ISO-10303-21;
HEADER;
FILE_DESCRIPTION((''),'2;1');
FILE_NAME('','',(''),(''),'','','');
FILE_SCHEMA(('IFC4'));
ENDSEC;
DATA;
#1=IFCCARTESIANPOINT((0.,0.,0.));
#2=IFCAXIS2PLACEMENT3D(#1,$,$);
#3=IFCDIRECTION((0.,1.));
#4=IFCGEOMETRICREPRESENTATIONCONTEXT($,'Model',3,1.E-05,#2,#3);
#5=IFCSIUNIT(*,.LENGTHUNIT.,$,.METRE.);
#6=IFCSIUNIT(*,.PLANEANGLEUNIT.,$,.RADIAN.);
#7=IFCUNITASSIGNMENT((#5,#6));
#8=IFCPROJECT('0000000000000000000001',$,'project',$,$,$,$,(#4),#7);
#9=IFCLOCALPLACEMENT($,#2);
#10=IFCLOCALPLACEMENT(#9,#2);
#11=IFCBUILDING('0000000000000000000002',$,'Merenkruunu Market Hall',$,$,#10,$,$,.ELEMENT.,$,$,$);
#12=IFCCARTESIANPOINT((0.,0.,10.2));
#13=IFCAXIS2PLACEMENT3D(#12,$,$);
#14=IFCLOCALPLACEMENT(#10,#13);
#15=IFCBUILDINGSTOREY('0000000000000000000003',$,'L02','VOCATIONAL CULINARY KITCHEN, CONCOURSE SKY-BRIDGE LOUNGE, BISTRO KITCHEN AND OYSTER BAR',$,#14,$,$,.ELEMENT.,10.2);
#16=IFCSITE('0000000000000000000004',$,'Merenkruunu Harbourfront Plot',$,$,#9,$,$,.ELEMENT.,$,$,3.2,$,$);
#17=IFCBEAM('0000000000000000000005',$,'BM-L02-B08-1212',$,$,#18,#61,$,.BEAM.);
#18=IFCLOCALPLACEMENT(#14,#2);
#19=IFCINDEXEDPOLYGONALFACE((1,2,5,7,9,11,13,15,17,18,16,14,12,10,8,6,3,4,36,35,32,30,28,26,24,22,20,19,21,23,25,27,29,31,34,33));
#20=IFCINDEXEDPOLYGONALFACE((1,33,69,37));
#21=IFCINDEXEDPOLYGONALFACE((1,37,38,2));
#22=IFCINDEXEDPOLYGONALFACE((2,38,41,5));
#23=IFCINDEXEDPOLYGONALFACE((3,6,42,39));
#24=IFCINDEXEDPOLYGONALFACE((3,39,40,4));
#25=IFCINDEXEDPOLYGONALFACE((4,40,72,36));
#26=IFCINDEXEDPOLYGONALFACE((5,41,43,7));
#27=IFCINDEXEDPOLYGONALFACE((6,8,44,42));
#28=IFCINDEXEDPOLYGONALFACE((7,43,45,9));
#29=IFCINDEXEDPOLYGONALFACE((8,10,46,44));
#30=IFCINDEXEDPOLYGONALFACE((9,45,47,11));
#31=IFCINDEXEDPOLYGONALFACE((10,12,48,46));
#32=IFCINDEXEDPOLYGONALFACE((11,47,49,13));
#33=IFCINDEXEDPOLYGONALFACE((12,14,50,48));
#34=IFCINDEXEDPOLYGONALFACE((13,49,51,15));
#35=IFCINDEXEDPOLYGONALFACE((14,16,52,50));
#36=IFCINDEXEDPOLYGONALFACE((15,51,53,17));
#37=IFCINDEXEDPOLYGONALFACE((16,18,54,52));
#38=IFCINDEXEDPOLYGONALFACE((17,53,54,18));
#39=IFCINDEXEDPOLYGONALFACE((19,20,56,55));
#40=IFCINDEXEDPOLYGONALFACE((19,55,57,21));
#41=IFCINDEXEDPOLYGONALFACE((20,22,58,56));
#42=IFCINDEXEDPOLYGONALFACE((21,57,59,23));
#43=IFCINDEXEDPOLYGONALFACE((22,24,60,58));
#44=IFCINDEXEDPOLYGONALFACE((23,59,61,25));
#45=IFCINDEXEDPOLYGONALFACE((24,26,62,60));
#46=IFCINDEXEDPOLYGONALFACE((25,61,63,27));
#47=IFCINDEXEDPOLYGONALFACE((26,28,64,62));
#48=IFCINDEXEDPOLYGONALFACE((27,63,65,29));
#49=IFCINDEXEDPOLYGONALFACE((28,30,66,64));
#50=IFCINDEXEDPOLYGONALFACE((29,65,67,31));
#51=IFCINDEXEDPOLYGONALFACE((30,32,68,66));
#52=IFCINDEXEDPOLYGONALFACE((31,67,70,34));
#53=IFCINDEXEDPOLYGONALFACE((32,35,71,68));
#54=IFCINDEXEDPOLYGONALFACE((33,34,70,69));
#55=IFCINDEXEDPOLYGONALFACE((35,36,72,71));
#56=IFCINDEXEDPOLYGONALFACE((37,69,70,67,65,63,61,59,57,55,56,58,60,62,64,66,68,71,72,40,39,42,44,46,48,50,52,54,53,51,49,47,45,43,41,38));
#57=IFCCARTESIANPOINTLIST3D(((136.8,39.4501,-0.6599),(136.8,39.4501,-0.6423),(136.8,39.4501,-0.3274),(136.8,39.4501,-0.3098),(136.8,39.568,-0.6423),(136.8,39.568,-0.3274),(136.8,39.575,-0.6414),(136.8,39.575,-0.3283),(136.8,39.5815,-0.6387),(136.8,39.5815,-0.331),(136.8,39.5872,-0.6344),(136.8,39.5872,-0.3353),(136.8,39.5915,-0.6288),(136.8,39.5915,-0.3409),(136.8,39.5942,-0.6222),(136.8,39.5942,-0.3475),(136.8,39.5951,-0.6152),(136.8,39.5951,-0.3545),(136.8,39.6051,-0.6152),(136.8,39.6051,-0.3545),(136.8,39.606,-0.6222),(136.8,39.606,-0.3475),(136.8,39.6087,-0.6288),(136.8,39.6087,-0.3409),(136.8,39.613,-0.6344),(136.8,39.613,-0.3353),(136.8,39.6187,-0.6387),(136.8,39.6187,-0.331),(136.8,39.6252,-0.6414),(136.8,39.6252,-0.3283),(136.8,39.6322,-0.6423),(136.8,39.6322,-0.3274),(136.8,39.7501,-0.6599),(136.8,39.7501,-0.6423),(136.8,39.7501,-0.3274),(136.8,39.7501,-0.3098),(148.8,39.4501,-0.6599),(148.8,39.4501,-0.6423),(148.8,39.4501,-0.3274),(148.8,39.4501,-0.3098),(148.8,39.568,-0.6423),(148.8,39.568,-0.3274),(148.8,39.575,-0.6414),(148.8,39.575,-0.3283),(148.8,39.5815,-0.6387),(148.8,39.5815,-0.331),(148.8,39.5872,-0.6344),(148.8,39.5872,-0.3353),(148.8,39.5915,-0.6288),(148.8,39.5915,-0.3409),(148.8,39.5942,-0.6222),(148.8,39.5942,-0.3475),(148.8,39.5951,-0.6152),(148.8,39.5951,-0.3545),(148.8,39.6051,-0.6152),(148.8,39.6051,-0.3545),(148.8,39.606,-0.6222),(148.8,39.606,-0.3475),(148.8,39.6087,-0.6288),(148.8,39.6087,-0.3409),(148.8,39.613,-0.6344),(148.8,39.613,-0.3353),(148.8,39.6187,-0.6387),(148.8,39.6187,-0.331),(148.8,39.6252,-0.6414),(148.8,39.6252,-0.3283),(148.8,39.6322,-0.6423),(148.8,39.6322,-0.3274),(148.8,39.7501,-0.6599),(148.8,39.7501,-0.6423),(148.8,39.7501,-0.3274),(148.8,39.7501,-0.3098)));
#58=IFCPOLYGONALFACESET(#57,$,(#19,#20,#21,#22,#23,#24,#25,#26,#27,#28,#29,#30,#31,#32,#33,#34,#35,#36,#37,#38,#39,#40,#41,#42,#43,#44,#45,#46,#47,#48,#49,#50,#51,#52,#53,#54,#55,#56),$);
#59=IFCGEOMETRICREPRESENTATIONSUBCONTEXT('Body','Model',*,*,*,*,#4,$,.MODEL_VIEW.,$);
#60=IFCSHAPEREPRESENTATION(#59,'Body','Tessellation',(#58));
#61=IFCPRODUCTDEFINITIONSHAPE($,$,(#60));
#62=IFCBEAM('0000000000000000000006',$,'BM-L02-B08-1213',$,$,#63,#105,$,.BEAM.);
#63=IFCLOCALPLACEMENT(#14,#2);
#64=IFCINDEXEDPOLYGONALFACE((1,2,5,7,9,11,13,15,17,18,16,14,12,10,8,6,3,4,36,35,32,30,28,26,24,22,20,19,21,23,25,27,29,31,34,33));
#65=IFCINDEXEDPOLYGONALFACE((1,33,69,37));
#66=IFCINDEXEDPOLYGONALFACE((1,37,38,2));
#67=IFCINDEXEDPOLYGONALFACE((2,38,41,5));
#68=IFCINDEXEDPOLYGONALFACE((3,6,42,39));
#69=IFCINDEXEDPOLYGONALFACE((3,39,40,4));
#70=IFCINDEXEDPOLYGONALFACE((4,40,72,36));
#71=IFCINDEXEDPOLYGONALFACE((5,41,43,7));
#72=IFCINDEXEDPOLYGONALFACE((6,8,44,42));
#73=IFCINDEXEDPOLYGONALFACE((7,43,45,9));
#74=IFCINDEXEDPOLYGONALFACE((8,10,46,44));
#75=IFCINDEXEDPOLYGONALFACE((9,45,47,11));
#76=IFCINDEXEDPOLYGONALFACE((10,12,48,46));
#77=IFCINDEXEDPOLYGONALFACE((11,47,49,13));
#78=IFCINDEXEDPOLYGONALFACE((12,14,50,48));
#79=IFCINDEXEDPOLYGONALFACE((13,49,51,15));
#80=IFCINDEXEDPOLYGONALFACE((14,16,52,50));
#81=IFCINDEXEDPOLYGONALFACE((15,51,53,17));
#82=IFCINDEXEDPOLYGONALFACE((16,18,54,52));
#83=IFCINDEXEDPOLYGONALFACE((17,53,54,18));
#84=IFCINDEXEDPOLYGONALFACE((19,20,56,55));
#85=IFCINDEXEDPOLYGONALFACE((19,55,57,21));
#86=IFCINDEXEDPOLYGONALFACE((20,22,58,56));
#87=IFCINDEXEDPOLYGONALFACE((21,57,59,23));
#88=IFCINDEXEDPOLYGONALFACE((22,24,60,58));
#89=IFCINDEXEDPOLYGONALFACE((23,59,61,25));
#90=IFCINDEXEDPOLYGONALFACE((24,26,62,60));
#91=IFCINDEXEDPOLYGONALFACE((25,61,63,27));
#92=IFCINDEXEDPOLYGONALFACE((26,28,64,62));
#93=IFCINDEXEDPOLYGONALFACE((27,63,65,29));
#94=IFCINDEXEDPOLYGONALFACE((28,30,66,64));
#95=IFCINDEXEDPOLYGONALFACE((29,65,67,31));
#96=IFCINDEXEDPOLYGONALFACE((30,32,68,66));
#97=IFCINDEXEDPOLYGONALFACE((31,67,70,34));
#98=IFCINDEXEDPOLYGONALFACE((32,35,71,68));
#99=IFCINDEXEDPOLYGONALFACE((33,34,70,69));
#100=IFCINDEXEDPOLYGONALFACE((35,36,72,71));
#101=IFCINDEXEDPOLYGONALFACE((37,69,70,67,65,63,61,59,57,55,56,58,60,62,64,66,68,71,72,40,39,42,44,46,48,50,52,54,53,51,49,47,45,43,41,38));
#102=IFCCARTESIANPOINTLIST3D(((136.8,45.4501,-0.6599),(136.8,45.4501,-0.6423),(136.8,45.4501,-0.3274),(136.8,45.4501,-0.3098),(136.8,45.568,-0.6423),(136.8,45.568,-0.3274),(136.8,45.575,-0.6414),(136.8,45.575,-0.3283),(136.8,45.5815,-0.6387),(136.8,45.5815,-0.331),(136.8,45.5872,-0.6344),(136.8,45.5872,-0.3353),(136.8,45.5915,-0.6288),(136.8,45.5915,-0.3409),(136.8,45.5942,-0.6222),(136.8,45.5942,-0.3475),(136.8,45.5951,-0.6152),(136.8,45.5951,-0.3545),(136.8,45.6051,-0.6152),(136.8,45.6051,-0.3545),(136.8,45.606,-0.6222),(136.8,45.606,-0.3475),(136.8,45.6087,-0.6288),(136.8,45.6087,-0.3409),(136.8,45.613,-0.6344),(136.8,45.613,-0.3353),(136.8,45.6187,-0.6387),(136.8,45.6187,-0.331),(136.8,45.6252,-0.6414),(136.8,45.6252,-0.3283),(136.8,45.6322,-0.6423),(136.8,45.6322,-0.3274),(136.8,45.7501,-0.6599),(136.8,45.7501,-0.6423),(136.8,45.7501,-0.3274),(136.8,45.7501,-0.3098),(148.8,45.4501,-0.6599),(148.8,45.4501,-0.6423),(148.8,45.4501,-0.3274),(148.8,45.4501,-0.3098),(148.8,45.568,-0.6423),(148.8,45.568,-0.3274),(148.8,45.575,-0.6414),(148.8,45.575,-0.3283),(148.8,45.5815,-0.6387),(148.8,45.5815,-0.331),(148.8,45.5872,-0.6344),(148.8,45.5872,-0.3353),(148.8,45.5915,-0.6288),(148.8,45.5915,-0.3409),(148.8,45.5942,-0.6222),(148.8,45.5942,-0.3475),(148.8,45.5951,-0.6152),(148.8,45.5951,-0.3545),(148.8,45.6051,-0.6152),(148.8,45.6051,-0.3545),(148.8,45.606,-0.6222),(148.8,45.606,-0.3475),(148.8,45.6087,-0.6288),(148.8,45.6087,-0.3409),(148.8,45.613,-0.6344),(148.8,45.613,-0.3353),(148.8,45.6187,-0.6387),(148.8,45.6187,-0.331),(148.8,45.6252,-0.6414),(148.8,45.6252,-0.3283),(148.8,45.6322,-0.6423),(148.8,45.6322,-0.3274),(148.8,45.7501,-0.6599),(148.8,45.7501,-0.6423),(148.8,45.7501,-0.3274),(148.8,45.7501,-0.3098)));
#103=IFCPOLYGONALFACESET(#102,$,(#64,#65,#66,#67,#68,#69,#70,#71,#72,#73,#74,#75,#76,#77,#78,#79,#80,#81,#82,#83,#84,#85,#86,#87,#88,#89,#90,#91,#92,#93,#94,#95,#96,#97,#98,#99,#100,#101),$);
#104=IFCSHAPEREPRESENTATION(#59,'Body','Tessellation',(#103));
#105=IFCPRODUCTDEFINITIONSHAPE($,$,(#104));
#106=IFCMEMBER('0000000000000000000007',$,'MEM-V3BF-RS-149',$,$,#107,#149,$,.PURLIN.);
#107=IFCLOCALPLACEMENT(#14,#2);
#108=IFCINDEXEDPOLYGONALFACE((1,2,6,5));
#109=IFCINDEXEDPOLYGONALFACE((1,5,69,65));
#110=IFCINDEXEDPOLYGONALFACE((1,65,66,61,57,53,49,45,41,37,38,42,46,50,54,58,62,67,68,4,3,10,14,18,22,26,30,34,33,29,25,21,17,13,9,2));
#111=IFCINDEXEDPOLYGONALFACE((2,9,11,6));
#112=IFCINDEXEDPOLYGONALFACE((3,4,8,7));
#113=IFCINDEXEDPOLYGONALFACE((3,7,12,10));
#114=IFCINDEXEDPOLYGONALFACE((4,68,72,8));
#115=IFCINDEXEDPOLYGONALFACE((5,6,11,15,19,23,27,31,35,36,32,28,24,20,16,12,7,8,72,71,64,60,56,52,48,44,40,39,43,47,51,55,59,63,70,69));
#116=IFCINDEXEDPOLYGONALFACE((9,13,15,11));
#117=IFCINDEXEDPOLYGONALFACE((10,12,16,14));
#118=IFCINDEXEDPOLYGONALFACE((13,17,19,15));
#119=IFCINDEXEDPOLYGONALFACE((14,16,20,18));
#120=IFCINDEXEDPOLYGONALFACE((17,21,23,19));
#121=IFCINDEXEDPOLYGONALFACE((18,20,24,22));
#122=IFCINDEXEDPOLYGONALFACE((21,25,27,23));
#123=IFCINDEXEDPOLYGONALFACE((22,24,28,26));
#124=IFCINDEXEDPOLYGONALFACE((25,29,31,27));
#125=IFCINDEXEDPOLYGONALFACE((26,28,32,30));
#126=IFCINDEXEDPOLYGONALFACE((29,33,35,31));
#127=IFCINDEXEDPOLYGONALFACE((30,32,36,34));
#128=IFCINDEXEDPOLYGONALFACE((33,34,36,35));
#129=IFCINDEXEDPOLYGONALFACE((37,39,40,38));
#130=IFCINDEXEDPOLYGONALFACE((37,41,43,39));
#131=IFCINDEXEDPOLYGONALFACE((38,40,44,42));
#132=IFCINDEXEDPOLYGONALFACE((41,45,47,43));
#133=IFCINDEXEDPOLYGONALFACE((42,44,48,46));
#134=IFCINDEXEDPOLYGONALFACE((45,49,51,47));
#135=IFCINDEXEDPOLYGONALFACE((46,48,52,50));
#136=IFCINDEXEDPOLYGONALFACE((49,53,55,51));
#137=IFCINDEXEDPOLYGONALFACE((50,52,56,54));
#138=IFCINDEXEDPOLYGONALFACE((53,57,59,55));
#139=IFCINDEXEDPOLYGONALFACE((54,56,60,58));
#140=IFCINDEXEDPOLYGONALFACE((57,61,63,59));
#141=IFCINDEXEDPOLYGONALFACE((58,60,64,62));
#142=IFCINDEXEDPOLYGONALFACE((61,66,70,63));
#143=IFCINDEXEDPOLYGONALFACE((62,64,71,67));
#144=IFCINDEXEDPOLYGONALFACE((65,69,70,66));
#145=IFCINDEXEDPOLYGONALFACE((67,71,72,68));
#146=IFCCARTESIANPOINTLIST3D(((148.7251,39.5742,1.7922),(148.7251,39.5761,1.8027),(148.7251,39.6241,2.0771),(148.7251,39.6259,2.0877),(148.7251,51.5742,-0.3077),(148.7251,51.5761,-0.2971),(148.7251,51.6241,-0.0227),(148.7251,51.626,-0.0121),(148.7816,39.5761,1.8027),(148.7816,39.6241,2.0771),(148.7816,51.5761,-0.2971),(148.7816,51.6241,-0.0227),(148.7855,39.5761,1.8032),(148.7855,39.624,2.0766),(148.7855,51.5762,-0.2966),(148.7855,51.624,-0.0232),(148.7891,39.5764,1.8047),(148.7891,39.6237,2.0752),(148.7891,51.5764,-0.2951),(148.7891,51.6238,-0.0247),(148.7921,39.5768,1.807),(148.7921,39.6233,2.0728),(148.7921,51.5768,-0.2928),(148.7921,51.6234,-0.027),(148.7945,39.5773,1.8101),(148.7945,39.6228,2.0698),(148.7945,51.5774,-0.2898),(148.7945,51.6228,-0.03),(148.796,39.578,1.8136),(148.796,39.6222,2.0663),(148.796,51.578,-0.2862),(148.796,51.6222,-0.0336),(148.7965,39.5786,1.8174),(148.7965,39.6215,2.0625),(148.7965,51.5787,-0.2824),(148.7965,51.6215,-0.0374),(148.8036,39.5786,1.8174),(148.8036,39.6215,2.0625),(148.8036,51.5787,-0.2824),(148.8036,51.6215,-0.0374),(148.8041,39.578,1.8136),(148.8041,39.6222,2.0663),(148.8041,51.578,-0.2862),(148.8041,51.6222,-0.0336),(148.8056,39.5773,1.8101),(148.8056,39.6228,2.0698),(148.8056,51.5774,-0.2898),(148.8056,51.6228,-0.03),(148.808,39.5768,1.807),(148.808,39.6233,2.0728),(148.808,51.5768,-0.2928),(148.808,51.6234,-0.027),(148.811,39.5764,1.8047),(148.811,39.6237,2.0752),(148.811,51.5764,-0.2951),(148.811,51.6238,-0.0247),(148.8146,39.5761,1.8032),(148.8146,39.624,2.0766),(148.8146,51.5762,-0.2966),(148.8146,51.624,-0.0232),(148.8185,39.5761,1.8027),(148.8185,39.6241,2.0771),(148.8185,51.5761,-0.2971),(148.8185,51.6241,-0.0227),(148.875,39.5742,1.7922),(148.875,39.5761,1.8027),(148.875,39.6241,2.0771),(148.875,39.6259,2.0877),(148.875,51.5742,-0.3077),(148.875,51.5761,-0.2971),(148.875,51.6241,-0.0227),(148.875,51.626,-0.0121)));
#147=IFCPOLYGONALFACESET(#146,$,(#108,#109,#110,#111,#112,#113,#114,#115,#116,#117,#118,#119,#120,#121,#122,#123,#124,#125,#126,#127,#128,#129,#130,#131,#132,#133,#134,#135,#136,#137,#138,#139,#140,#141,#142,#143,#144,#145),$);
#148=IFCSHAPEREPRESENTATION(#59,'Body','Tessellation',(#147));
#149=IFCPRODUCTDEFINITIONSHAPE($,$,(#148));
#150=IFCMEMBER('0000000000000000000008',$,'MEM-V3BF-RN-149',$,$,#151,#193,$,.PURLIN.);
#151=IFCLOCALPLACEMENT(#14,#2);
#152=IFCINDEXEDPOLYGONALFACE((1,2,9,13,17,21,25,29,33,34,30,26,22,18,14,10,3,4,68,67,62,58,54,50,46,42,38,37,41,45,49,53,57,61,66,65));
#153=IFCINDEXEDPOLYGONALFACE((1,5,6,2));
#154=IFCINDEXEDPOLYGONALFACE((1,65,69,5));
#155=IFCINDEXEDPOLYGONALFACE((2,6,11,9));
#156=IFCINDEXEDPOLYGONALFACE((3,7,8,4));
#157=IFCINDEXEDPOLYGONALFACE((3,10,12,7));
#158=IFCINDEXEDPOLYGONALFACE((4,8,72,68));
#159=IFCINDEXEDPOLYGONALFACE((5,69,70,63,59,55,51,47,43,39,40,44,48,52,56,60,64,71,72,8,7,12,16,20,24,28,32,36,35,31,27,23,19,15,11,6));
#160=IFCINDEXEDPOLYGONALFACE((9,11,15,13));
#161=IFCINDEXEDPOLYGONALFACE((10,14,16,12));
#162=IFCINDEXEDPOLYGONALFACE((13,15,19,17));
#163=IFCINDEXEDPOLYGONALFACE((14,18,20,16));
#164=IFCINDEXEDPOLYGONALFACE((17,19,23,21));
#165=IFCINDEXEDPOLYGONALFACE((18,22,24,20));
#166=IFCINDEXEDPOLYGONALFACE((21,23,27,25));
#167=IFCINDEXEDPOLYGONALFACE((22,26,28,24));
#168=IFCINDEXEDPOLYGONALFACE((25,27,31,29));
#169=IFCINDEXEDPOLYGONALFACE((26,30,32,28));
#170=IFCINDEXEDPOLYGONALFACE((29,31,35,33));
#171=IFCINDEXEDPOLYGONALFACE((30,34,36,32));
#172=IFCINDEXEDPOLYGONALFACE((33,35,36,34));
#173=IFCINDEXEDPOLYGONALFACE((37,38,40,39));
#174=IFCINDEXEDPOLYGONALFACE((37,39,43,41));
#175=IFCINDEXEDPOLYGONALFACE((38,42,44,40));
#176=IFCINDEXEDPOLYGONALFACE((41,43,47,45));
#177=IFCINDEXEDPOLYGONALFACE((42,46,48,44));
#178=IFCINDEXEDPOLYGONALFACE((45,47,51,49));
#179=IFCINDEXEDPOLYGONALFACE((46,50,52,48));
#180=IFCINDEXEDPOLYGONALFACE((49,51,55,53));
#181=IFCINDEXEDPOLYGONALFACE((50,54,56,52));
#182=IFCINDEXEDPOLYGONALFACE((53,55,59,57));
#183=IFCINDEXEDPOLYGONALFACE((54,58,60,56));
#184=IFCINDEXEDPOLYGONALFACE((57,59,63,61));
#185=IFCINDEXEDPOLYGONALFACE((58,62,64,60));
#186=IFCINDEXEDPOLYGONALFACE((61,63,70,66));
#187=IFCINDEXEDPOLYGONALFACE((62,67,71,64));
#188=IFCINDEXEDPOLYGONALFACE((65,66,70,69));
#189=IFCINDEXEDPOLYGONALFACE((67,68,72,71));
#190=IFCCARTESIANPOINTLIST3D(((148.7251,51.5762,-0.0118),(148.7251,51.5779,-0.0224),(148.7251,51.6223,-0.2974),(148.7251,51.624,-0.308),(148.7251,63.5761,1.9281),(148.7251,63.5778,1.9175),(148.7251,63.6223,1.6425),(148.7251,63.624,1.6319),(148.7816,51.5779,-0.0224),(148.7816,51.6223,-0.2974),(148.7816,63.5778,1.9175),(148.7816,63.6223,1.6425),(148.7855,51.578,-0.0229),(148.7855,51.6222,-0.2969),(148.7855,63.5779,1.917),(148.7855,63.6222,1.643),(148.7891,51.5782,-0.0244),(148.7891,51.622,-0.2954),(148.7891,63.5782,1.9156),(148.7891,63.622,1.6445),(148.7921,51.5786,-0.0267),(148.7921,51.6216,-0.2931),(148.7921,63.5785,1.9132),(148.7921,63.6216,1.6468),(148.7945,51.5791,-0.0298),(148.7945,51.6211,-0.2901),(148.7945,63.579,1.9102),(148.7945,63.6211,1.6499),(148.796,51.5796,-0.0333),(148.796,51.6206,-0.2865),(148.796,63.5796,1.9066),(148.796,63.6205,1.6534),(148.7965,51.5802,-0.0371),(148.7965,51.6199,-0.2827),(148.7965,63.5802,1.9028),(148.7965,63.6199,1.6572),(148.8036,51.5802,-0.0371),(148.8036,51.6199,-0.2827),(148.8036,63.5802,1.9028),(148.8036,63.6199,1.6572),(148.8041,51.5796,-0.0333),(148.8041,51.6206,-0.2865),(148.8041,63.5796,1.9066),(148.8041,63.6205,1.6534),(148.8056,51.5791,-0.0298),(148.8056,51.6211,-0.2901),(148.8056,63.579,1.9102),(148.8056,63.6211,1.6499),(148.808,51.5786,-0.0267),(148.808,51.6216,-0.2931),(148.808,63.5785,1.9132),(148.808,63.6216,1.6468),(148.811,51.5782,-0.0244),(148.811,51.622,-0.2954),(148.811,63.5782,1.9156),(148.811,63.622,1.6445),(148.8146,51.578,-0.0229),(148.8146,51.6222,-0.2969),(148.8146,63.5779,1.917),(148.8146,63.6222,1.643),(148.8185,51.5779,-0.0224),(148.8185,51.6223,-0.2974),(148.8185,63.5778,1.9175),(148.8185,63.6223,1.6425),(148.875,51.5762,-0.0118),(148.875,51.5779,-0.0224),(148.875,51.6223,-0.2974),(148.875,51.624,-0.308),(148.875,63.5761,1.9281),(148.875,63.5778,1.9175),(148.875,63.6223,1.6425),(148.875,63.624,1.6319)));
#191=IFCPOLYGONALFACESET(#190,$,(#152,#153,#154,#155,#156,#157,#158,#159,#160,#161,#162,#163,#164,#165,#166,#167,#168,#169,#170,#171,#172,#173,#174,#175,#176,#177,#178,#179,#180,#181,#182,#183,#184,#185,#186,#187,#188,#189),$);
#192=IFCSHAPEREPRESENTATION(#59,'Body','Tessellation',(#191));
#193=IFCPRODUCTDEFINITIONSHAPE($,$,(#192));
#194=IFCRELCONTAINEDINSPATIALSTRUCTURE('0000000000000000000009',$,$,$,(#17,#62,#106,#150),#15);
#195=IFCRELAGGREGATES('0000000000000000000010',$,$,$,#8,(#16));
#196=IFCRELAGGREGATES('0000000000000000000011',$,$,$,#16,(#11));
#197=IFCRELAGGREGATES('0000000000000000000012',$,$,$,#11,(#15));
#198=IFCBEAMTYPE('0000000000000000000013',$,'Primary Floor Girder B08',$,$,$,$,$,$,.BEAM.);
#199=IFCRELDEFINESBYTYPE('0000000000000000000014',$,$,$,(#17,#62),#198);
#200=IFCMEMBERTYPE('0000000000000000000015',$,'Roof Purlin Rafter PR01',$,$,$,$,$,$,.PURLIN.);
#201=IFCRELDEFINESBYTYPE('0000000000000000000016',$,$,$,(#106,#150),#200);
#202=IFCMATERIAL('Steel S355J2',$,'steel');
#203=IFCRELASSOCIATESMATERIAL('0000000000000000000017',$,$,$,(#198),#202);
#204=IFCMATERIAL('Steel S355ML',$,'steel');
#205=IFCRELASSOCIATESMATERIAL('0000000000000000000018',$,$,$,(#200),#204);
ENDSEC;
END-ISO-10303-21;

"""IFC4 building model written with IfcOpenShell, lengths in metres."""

from ifc_helpers import new_model, si_unit, direction, frame, origin, origin_2d, place, context, subcontext, project, spatial, i_section, extrude, material, material_profile, profile_set, type_object, element, save


model = new_model("IFC4")

# Units and contexts
model_context = context("Model", 3, precision=1e-05, world=origin(), true_north=direction((0.0, 1.0)))
body_context = subcontext(model_context, "Body", "Model", "MODEL_VIEW")
ifc_project = project(units=[si_unit("LENGTHUNIT", "METRE"), si_unit("PLANEANGLEUNIT", "RADIAN")], contexts=[model_context])

# Site, building, storey
site_placement = place(None, origin())
site = spatial("IfcSite", under=ifc_project, at=site_placement, Name="Merenkruunu Harbourfront Plot", CompositionType="ELEMENT", RefElevation=3.2)
building_placement = place(site_placement, origin())
building = spatial("IfcBuilding", under=site, at=building_placement, Name="Merenkruunu Market Hall", CompositionType="ELEMENT")
storey_placement = place(building_placement, frame((0.0, 0.0, 10.2)))
storey = spatial("IfcBuildingStorey", under=building, at=storey_placement, Name="L02", Description="VOCATIONAL CULINARY KITCHEN, CONCOURSE SKY-BRIDGE LOUNGE, BISTRO KITCHEN AND OYSTER BAR", CompositionType="ELEMENT", Elevation=10.2)

# Shared definitions
ifc_material_1 = material(Name="Steel S355J2", Category="steel")

# Beams
ifc_material_profile_1 = material_profile(ifc_material_1, i_section(OverallWidth=0.3, OverallDepth=0.3501, WebThickness=0.01, FlangeThickness=0.0176, FilletRadius=0.0271, at=origin_2d()), Name="HEA 360")
ifc_profile_set_1 = profile_set([ifc_material_profile_1], Name="Steel S355J2")
beam_type_1 = type_object("IfcBeamType", Name="Primary Floor Girder B08", PredefinedType="BEAM", material=ifc_profile_set_1)
for number, where, z_axis, x_axis, name in (
    (1, (136.8, 39.6001, -0.4849), (1.0, 0.0, 0.0), (0.0, 1.0, 0.0), "BM-L02-B08-1212"),
    (2, (136.8, 45.6001, -0.4849), (1.0, 0.0, 0.0), (0.0, 1.0, 0.0), "BM-L02-B08-1213"),
):
    element("IfcBeam", number, at=place(storey_placement, frame(where, z_axis=z_axis, x_axis=x_axis)), inside=storey, type_object=beam_type_1, Name=name, PredefinedType="BEAM", context=body_context, shape_type="SweptSolid", body=[
        extrude(i_section(OverallWidth=0.3, OverallDepth=0.3501, WebThickness=0.01, FlangeThickness=0.0176, FilletRadius=0.0271, at=origin_2d()), origin(), (0.0, 0.0, 1.0), 12.0),
    ])

# Members
ifc_material_2 = material(Name="Steel S355ML", Category="steel")
ifc_material_profile_2 = material_profile(ifc_material_2, i_section(OverallWidth=0.1499, OverallDepth=0.3, WebThickness=0.0071, FlangeThickness=0.0107, FilletRadius=0.0149, at=origin_2d()), Name="IPE 300")
ifc_profile_set_2 = profile_set([ifc_material_profile_2], Name="Steel S355ML")
member_type_1 = type_object("IfcMemberType", Name="Roof Purlin Rafter PR01", PredefinedType="PURLIN", material=ifc_profile_set_2)
member_1_placement = place(storey_placement, frame((148.8, 51.6001, -0.1599), z_axis=(0.0, -0.985033, 0.172369), x_axis=(1.0, 0.0, 0.0)))
element("IfcMember", 3, at=member_1_placement, inside=storey, type_object=member_type_1, Name="MEM-V3BF-RS-149", PredefinedType="PURLIN", context=body_context, shape_type="SweptSolid", body=[
    extrude(i_section(OverallWidth=0.1499, OverallDepth=0.3, WebThickness=0.0071, FlangeThickness=0.0107, FilletRadius=0.0149, at=origin_2d()), origin(), (0.0, 0.0, 1.0), 12.1824),
])
member_2_placement = place(storey_placement, frame((148.8, 51.6001, -0.1599), z_axis=(0.0, 0.987183, 0.15959), x_axis=(-1.0, 0.0, 0.0)))
element("IfcMember", 4, at=member_2_placement, inside=storey, type_object=member_type_1, Name="MEM-V3BF-RN-149", PredefinedType="PURLIN", context=body_context, shape_type="SweptSolid", body=[
    extrude(i_section(OverallWidth=0.1499, OverallDepth=0.3, WebThickness=0.0071, FlangeThickness=0.0107, FilletRadius=0.0149, at=origin_2d()), origin(), (0.0, 0.0, 1.0), 12.1558),
])

save(model, "model.ifc")
